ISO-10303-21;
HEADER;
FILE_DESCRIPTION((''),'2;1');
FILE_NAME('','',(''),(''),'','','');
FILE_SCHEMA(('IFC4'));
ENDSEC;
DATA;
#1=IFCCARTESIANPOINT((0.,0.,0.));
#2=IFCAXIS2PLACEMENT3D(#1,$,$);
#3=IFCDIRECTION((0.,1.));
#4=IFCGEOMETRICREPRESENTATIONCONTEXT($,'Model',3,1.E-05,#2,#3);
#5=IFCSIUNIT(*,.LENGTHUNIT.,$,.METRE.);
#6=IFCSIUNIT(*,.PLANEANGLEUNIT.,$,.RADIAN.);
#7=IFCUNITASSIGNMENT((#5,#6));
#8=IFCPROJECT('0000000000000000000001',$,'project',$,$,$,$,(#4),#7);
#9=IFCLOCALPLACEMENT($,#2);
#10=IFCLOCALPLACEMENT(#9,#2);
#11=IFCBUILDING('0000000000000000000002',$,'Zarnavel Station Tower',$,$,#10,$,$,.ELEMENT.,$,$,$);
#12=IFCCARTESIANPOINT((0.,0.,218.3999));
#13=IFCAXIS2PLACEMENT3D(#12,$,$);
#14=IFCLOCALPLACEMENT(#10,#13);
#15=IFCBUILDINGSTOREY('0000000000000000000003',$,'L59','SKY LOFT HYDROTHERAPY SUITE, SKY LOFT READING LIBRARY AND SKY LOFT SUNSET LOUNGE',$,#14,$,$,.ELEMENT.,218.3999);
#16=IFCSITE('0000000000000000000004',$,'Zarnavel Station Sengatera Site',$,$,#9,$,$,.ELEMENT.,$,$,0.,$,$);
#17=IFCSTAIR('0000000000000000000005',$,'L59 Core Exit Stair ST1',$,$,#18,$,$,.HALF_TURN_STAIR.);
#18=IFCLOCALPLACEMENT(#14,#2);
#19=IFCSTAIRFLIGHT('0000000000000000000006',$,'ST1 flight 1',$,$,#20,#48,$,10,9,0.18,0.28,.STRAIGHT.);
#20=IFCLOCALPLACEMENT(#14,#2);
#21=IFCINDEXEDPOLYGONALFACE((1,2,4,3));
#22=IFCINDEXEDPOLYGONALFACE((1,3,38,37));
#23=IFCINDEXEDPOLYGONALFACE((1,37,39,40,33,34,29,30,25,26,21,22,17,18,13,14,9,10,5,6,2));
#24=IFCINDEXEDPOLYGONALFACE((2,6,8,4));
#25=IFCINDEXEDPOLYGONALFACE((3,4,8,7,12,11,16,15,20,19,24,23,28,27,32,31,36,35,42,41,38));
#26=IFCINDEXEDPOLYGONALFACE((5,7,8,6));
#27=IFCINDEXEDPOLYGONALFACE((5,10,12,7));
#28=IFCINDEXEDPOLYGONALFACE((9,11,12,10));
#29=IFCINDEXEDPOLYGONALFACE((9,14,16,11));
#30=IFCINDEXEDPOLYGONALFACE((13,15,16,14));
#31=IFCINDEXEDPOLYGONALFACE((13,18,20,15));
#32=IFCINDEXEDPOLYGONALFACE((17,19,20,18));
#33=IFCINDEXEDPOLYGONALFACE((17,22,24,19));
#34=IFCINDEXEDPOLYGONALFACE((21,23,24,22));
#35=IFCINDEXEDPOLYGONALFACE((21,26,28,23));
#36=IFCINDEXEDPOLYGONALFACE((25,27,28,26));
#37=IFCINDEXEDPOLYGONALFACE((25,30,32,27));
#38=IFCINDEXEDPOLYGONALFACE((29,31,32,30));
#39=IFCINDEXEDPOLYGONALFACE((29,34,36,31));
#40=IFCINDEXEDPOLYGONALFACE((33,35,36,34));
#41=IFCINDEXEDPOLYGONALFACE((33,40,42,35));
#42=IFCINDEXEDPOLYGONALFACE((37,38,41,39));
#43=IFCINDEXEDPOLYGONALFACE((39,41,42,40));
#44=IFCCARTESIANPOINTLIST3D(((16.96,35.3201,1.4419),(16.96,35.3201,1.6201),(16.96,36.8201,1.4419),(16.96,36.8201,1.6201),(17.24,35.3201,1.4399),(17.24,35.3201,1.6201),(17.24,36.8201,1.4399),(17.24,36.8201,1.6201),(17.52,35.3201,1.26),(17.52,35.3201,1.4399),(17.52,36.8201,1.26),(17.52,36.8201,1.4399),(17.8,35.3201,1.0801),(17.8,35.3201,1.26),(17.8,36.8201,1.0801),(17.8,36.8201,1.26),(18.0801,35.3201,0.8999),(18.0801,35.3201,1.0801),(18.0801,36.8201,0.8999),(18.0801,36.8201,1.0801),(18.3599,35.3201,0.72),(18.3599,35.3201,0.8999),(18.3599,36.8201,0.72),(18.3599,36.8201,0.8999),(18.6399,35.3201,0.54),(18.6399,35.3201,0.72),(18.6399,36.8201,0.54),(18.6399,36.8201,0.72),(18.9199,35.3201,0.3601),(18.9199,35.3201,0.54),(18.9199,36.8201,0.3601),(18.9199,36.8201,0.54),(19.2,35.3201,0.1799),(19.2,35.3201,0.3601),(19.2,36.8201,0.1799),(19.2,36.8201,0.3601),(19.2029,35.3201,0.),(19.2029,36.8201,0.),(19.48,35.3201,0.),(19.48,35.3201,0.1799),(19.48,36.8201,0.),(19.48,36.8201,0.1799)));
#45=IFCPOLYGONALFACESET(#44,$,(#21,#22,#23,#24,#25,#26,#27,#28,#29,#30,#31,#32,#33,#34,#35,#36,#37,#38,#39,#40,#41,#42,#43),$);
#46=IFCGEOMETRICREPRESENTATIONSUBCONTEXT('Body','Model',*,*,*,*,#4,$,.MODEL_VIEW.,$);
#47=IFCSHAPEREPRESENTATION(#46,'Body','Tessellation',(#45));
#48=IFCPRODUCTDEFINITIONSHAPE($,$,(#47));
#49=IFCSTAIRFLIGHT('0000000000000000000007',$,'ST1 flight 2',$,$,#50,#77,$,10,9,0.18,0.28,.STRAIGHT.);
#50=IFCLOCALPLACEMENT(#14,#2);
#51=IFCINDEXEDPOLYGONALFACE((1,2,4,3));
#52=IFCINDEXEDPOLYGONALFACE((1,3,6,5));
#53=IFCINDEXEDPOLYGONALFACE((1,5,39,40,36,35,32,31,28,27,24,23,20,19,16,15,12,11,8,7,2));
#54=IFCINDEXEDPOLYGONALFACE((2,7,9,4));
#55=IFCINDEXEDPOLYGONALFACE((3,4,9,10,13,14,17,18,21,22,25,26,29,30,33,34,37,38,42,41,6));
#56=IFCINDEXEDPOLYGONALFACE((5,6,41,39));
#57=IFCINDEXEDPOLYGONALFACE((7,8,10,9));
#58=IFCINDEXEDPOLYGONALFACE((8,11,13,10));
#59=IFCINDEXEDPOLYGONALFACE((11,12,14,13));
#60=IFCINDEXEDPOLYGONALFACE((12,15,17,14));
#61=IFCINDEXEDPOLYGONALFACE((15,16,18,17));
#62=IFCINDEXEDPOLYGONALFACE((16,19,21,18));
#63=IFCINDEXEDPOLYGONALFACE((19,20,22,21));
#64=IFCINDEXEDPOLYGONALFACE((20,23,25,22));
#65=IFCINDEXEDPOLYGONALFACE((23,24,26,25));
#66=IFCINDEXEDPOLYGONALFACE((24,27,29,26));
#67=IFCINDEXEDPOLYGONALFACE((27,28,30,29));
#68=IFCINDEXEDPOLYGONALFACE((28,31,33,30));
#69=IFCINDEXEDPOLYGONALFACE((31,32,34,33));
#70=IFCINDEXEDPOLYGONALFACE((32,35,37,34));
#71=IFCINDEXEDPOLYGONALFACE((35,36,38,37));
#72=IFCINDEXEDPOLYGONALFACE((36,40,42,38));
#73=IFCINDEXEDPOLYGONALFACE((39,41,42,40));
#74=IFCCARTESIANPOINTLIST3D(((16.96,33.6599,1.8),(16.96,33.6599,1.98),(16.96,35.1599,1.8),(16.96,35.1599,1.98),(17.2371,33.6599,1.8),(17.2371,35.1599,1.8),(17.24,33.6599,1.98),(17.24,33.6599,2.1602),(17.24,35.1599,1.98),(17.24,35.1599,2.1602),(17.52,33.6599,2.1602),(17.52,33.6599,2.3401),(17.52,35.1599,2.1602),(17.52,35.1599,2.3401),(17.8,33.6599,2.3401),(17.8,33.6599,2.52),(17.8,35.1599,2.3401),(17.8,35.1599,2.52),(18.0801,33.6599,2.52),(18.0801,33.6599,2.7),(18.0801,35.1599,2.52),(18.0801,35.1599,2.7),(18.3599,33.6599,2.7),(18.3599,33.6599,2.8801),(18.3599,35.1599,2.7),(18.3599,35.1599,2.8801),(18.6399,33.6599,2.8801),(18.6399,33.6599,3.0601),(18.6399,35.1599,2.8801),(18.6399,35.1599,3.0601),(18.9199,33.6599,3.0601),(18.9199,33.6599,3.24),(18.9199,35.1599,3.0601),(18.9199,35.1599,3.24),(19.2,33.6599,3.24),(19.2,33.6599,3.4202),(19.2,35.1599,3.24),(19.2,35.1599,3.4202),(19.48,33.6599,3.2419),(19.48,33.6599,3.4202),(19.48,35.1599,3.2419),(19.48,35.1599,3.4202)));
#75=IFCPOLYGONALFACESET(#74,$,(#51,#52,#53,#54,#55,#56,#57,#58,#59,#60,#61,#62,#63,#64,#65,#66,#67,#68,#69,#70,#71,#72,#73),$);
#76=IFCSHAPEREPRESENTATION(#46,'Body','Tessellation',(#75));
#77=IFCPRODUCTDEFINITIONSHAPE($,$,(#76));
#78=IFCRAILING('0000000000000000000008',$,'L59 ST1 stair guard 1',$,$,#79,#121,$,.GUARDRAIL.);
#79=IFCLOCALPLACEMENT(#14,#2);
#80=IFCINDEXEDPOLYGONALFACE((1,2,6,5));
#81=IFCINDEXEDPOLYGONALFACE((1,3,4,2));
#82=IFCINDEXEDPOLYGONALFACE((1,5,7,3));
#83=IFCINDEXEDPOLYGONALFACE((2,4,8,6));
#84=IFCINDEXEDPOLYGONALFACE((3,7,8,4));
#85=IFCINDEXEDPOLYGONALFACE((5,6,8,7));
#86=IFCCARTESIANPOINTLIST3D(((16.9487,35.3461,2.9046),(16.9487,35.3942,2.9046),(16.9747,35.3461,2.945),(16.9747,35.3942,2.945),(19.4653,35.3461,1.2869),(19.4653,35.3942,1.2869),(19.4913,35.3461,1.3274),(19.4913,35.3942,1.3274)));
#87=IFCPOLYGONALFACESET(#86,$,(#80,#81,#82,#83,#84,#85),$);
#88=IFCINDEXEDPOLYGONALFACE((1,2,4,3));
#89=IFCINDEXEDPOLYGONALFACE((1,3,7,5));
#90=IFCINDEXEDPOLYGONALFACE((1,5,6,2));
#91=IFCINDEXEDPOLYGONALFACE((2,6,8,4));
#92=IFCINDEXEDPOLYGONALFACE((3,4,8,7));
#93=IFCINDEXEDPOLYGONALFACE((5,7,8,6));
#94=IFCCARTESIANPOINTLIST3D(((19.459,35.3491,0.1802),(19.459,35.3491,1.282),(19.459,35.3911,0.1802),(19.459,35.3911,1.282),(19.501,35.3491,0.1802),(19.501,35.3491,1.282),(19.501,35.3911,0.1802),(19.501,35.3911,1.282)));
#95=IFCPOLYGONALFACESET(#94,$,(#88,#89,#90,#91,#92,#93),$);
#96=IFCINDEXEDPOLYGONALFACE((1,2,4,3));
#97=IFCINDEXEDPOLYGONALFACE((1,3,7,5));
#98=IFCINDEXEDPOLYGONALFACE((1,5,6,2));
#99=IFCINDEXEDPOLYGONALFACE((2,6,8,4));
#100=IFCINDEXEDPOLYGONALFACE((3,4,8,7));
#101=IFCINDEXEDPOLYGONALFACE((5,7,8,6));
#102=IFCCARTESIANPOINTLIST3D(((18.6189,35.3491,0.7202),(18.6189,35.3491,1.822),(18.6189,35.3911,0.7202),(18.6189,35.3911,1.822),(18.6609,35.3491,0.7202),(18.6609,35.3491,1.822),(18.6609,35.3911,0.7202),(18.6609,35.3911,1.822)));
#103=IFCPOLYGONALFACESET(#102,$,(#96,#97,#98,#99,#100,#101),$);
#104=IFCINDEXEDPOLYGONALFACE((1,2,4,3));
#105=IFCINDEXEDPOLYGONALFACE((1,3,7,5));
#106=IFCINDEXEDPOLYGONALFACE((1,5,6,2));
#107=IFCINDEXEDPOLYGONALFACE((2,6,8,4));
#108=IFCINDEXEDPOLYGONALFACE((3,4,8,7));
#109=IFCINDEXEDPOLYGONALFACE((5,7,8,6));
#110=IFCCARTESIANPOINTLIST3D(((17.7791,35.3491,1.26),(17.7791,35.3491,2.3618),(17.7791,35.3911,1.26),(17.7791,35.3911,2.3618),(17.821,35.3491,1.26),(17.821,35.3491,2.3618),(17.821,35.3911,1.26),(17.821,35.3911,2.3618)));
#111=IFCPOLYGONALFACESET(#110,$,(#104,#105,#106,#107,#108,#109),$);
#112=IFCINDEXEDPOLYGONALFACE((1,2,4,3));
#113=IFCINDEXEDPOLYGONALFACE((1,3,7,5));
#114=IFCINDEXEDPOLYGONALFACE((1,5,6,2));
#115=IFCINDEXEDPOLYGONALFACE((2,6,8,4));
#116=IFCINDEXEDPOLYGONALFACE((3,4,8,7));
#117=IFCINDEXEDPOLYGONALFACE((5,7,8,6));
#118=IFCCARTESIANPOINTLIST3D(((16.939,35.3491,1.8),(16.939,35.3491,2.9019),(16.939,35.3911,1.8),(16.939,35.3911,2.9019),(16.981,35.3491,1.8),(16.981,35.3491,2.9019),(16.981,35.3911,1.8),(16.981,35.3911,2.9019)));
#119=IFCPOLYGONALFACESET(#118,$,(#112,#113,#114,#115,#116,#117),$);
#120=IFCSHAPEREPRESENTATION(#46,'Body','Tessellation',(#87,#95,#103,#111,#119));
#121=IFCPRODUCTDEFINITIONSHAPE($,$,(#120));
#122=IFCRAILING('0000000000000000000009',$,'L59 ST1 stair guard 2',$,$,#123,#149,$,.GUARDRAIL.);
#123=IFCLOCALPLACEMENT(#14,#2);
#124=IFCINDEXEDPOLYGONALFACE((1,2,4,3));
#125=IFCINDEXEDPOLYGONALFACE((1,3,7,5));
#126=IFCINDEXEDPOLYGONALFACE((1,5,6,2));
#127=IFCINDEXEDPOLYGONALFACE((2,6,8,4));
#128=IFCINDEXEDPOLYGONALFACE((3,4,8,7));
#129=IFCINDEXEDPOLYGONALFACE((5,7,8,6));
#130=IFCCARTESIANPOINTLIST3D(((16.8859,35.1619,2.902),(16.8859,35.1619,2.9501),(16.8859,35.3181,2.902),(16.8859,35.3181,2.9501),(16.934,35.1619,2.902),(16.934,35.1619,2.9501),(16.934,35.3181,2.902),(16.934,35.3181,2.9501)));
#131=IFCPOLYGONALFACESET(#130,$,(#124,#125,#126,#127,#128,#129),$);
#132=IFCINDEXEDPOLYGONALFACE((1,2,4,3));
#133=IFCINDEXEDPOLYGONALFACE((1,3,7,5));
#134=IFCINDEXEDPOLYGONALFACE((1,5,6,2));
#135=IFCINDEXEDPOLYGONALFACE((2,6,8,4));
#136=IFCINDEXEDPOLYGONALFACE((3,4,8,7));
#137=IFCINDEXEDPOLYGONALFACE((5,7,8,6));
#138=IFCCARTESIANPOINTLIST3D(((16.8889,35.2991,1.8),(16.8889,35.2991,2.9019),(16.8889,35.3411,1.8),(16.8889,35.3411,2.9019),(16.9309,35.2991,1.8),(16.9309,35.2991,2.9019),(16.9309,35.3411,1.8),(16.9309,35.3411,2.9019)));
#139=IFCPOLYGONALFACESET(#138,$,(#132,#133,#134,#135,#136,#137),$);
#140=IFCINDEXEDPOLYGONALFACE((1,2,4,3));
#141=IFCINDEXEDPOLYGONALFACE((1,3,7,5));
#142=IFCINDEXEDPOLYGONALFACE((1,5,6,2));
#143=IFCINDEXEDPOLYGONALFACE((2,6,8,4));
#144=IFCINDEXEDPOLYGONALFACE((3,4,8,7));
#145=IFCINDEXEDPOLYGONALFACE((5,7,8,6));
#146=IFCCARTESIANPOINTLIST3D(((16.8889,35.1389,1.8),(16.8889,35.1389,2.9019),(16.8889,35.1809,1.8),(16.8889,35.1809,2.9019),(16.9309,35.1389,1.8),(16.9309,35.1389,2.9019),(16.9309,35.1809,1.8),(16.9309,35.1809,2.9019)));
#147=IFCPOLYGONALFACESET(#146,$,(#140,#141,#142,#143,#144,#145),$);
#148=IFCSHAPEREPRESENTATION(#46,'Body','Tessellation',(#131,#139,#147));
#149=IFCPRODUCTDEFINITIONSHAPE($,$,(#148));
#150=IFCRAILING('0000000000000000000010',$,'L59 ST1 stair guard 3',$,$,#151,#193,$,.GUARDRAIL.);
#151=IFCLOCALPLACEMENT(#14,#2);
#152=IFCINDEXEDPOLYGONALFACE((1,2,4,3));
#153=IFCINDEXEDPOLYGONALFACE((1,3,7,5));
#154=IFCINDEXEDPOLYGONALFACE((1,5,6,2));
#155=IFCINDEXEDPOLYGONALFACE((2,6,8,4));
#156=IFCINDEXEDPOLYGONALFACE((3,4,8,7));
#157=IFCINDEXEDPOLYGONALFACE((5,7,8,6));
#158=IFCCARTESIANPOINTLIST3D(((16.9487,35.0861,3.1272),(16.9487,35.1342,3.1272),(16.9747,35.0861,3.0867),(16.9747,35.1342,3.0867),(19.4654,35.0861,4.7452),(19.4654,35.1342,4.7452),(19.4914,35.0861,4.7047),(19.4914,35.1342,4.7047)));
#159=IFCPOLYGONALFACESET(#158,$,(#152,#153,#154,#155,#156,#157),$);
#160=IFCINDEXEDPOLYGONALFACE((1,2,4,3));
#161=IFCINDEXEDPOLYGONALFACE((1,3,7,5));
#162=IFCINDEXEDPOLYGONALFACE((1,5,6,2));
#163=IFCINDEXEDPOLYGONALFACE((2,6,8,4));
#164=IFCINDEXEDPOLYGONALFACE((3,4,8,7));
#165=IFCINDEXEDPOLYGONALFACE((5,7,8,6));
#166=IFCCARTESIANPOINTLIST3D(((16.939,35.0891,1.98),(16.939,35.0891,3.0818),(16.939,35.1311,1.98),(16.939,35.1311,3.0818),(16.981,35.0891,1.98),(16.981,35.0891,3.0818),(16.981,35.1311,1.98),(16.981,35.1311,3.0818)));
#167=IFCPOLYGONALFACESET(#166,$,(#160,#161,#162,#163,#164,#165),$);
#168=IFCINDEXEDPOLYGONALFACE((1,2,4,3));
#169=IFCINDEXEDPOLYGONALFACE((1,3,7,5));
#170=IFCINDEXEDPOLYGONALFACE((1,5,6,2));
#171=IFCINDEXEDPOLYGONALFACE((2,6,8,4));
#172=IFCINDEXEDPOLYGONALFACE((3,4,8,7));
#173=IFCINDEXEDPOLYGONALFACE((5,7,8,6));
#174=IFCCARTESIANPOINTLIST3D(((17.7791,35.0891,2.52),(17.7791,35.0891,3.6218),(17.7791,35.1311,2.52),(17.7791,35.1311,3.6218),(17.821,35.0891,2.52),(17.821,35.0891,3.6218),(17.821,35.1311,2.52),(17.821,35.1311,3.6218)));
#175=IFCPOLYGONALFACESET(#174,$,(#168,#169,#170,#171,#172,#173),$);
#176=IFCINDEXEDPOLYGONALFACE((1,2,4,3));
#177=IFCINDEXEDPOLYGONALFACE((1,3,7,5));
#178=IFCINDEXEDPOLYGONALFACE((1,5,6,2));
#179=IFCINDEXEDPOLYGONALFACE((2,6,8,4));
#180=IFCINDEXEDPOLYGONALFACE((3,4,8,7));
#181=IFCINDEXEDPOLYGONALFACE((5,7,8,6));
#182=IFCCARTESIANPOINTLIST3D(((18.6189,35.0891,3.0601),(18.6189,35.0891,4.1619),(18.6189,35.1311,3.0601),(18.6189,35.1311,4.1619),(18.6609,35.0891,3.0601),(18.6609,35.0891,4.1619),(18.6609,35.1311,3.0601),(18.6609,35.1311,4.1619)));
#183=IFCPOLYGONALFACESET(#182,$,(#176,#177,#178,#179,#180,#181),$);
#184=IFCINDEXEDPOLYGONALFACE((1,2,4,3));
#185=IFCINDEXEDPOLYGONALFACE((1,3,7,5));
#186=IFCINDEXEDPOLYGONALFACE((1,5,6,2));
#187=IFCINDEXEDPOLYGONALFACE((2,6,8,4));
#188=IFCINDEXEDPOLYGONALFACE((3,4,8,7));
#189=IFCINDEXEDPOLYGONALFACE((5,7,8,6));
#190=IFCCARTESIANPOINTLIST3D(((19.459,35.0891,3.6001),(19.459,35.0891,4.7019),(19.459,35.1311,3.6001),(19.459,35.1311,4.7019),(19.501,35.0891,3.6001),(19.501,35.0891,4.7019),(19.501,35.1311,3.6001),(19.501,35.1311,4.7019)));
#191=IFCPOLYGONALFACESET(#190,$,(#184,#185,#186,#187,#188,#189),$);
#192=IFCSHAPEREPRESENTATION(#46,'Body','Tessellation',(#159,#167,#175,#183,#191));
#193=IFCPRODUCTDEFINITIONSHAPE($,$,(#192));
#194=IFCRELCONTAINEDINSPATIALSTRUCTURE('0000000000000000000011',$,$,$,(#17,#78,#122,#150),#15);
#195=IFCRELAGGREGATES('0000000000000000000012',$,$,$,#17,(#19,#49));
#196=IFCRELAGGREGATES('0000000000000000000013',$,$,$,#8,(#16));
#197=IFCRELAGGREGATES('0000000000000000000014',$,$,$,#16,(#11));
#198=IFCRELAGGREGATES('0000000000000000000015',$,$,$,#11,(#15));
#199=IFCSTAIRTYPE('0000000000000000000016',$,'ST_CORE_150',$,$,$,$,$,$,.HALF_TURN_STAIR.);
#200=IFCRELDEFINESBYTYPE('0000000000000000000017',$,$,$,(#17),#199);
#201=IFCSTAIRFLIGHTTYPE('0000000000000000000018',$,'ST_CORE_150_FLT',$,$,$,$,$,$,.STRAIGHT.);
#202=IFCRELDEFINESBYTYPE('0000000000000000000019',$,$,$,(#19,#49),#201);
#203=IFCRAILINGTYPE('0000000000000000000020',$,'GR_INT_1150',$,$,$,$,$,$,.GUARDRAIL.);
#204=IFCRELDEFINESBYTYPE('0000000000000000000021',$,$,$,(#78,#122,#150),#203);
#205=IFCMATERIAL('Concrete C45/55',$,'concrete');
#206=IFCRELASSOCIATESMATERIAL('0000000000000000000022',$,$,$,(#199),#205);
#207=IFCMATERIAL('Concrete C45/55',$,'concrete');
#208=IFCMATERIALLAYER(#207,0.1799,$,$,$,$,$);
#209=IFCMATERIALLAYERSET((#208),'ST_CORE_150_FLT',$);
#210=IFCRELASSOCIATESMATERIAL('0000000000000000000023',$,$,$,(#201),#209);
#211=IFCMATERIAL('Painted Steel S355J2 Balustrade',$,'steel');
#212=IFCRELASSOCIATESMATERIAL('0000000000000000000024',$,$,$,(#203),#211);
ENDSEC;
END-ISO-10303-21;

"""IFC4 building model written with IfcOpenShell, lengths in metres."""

from ifc_helpers import new_model, si_unit, direction, frame, origin, origin_2d, place, context, subcontext, project, spatial, polyline, rectangle, outline, extrude, material, layer, layer_set, type_object, element, aggregate, save


model = new_model("IFC4")

# Units and contexts
model_context = context("Model", 3, precision=1e-05, world=origin(), true_north=direction((0.0, 1.0)))
body_context = subcontext(model_context, "Body", "Model", "MODEL_VIEW")
ifc_project = project(units=[si_unit("LENGTHUNIT", "METRE"), si_unit("PLANEANGLEUNIT", "RADIAN")], contexts=[model_context])

# Site, building, storey
site_placement = place(None, origin())
site = spatial("IfcSite", under=ifc_project, at=site_placement, Name="Zarnavel Station Sengatera Site", CompositionType="ELEMENT", RefElevation=0.0)
building_placement = place(site_placement, origin())
building = spatial("IfcBuilding", under=site, at=building_placement, Name="Zarnavel Station Tower", CompositionType="ELEMENT")
storey_placement = place(building_placement, frame((0.0, 0.0, 218.3999)))
storey = spatial("IfcBuildingStorey", under=building, at=storey_placement, Name="L59", Description="SKY LOFT HYDROTHERAPY SUITE, SKY LOFT READING LIBRARY AND SKY LOFT SUNSET LOUNGE", CompositionType="ELEMENT", Elevation=218.3999)

# Stair, stair flights
ifc_material_1 = material(Name="Concrete C45/55", Category="concrete")
stair_type = type_object("IfcStairType", Name="ST_CORE_150", PredefinedType="HALF_TURN_STAIR", material=ifc_material_1)
stair_placement = place(storey_placement, origin())
stair = element("IfcStair", 1, at=stair_placement, inside=storey, type_object=stair_type, Name="L59 Core Exit Stair ST1", PredefinedType="HALF_TURN_STAIR")
ifc_material_2 = material(Name="Concrete C45/55", Category="concrete")
ifc_layer_1 = layer(ifc_material_2, 0.1799)
ifc_layer_set_1 = layer_set([ifc_layer_1], Name="ST_CORE_150_FLT")
stair_flight_type = type_object("IfcStairFlightType", Name="ST_CORE_150_FLT", PredefinedType="STRAIGHT", material=ifc_layer_set_1)
stair_flight_1_placement = place(storey_placement, frame((19.48, 36.0701, 0.0), z_axis=(0.0, 0.0, 1.0), x_axis=(-1.0, 0.0, 0.0)))
stair_flight_1 = element("IfcStairFlight", 2, at=stair_flight_1_placement, type_object=stair_flight_type, Name="ST1 flight 1", NumberOfRisers=10, NumberOfTreads=9, PredefinedType="STRAIGHT", RiserHeight=0.18, TreadLength=0.28, context=body_context, shape_type="SweptSolid", body=[
    extrude(outline(polyline([(0.0, 0.0), (0.0, 0.1799), (0.28, 0.1799), (0.28, 0.3601), (0.5601, 0.3601), (0.5601, 0.54), (0.8401, 0.54), (0.8401, 0.72), (1.1201, 0.72), (1.1201, 0.8999), (1.3999, 0.8999), (1.3999, 1.0801), (1.6799, 1.0801), (1.6799, 1.26), (1.96, 1.26), (1.96, 1.4399), (2.24, 1.4399), (2.24, 1.6201), (2.52, 1.6201), (2.52, 1.8), (2.52, 1.4419), (0.2771, 0.0), (0.0, 0.0)])), frame((0.0, 0.75, 0.0), z_axis=(0.0, -1.0, 0.0), x_axis=(1.0, 0.0, 0.0)), (0.0, 0.0, 1.0), 1.5),
])
stair_flight_2_placement = place(storey_placement, frame((16.96, 34.4099, 1.8), z_axis=(0.0, 0.0, 1.0), x_axis=(1.0, 0.0, 0.0)))
stair_flight_2 = element("IfcStairFlight", 3, at=stair_flight_2_placement, type_object=stair_flight_type, Name="ST1 flight 2", NumberOfRisers=10, NumberOfTreads=9, PredefinedType="STRAIGHT", RiserHeight=0.18, TreadLength=0.28, context=body_context, shape_type="SweptSolid", body=[
    extrude(outline(polyline([(0.0, 0.0), (0.0, 0.1799), (0.28, 0.1799), (0.28, 0.3601), (0.5601, 0.3601), (0.5601, 0.54), (0.8401, 0.54), (0.8401, 0.72), (1.1201, 0.72), (1.1201, 0.8999), (1.3999, 0.8999), (1.3999, 1.0801), (1.6799, 1.0801), (1.6799, 1.26), (1.96, 1.26), (1.96, 1.4399), (2.24, 1.4399), (2.24, 1.6201), (2.52, 1.6201), (2.52, 1.8), (2.52, 1.4419), (0.2771, 0.0), (0.0, 0.0)])), frame((0.0, 0.75, 0.0), z_axis=(0.0, -1.0, 0.0), x_axis=(1.0, 0.0, 0.0)), (0.0, 0.0, 1.0), 1.5),
])
aggregate(stair, [stair_flight_1, stair_flight_2])

# Railings
ifc_material_3 = material(Name="Painted Steel S355J2 Balustrade", Category="steel")
railing_type_1 = type_object("IfcRailingType", Name="GR_INT_1150", PredefinedType="GUARDRAIL", material=ifc_material_3)
railing_1_placement = place(storey_placement, frame((19.48, 35.3701, 0.1802)))
element("IfcRailing", 4, at=railing_1_placement, inside=storey, type_object=railing_type_1, Name="L59 ST1 stair guard 1", PredefinedType="GUARDRAIL", context=body_context, shape_type="SweptSolid", body=[
    extrude(rectangle(XDim=0.0481, YDim=0.0481, at=origin_2d()), frame((-0.0017, 0.0, 1.127), z_axis=(-0.8412, 0.0, 0.540725), x_axis=(0.0, -1.0, 0.0)), (0.0, 0.0, 1.0), 2.9917),
    extrude(rectangle(XDim=0.042, YDim=0.042, at=origin_2d()), origin(), (0.0, 0.0, 1.0), 1.1018),
    extrude(rectangle(XDim=0.042, YDim=0.042, at=origin_2d()), frame((-0.8401, 0.0, 0.54)), (0.0, 0.0, 1.0), 1.1018),
    extrude(rectangle(XDim=0.042, YDim=0.042, at=origin_2d()), frame((-1.6799, 0.0, 1.0798)), (0.0, 0.0, 1.0), 1.1018),
    extrude(rectangle(XDim=0.042, YDim=0.042, at=origin_2d()), frame((-2.52, 0.0, 1.6199)), (0.0, 0.0, 1.0), 1.1018),
])
railing_2_placement = place(storey_placement, frame((16.9099, 35.3201, 1.8)))
element("IfcRailing", 5, at=railing_2_placement, inside=storey, type_object=railing_type_1, Name="L59 ST1 stair guard 2", PredefinedType="GUARDRAIL", context=body_context, shape_type="SweptSolid", body=[
    extrude(rectangle(XDim=0.0481, YDim=0.0481, at=origin_2d()), frame((0.0, -0.002, 1.126), z_axis=(0.0, -1.0, 0.0), x_axis=(1.0, 0.0, 0.0)), (0.0, 0.0, 1.0), 0.1562),
    extrude(rectangle(XDim=0.042, YDim=0.042, at=origin_2d()), origin(), (0.0, 0.0, 1.0), 1.1018),
    extrude(rectangle(XDim=0.042, YDim=0.042, at=origin_2d()), frame((0.0, -0.1602, 0.0)), (0.0, 0.0, 1.0), 1.1018),
])
railing_3_placement = place(storey_placement, frame((16.96, 35.1101, 1.98)))
element("IfcRailing", 6, at=railing_3_placement, inside=storey, type_object=railing_type_1, Name="L59 ST1 stair guard 3", PredefinedType="GUARDRAIL", context=body_context, shape_type="SweptSolid", body=[
    extrude(rectangle(XDim=0.0481, YDim=0.0481, at=origin_2d()), frame((0.0017, 0.0, 1.127), z_axis=(0.841163, 0.0, 0.540782), x_axis=(0.0, 1.0, 0.0)), (0.0, 0.0, 1.0), 2.9919),
    extrude(rectangle(XDim=0.042, YDim=0.042, at=origin_2d()), origin(), (0.0, 0.0, 1.0), 1.1018),
    extrude(rectangle(XDim=0.042, YDim=0.042, at=origin_2d()), frame((0.8401, 0.0, 0.54)), (0.0, 0.0, 1.0), 1.1018),
    extrude(rectangle(XDim=0.042, YDim=0.042, at=origin_2d()), frame((1.6799, 0.0, 1.0801)), (0.0, 0.0, 1.0), 1.1018),
    extrude(rectangle(XDim=0.042, YDim=0.042, at=origin_2d()), frame((2.52, 0.0, 1.6201)), (0.0, 0.0, 1.0), 1.1018),
])

save(model, "model.ifc")
